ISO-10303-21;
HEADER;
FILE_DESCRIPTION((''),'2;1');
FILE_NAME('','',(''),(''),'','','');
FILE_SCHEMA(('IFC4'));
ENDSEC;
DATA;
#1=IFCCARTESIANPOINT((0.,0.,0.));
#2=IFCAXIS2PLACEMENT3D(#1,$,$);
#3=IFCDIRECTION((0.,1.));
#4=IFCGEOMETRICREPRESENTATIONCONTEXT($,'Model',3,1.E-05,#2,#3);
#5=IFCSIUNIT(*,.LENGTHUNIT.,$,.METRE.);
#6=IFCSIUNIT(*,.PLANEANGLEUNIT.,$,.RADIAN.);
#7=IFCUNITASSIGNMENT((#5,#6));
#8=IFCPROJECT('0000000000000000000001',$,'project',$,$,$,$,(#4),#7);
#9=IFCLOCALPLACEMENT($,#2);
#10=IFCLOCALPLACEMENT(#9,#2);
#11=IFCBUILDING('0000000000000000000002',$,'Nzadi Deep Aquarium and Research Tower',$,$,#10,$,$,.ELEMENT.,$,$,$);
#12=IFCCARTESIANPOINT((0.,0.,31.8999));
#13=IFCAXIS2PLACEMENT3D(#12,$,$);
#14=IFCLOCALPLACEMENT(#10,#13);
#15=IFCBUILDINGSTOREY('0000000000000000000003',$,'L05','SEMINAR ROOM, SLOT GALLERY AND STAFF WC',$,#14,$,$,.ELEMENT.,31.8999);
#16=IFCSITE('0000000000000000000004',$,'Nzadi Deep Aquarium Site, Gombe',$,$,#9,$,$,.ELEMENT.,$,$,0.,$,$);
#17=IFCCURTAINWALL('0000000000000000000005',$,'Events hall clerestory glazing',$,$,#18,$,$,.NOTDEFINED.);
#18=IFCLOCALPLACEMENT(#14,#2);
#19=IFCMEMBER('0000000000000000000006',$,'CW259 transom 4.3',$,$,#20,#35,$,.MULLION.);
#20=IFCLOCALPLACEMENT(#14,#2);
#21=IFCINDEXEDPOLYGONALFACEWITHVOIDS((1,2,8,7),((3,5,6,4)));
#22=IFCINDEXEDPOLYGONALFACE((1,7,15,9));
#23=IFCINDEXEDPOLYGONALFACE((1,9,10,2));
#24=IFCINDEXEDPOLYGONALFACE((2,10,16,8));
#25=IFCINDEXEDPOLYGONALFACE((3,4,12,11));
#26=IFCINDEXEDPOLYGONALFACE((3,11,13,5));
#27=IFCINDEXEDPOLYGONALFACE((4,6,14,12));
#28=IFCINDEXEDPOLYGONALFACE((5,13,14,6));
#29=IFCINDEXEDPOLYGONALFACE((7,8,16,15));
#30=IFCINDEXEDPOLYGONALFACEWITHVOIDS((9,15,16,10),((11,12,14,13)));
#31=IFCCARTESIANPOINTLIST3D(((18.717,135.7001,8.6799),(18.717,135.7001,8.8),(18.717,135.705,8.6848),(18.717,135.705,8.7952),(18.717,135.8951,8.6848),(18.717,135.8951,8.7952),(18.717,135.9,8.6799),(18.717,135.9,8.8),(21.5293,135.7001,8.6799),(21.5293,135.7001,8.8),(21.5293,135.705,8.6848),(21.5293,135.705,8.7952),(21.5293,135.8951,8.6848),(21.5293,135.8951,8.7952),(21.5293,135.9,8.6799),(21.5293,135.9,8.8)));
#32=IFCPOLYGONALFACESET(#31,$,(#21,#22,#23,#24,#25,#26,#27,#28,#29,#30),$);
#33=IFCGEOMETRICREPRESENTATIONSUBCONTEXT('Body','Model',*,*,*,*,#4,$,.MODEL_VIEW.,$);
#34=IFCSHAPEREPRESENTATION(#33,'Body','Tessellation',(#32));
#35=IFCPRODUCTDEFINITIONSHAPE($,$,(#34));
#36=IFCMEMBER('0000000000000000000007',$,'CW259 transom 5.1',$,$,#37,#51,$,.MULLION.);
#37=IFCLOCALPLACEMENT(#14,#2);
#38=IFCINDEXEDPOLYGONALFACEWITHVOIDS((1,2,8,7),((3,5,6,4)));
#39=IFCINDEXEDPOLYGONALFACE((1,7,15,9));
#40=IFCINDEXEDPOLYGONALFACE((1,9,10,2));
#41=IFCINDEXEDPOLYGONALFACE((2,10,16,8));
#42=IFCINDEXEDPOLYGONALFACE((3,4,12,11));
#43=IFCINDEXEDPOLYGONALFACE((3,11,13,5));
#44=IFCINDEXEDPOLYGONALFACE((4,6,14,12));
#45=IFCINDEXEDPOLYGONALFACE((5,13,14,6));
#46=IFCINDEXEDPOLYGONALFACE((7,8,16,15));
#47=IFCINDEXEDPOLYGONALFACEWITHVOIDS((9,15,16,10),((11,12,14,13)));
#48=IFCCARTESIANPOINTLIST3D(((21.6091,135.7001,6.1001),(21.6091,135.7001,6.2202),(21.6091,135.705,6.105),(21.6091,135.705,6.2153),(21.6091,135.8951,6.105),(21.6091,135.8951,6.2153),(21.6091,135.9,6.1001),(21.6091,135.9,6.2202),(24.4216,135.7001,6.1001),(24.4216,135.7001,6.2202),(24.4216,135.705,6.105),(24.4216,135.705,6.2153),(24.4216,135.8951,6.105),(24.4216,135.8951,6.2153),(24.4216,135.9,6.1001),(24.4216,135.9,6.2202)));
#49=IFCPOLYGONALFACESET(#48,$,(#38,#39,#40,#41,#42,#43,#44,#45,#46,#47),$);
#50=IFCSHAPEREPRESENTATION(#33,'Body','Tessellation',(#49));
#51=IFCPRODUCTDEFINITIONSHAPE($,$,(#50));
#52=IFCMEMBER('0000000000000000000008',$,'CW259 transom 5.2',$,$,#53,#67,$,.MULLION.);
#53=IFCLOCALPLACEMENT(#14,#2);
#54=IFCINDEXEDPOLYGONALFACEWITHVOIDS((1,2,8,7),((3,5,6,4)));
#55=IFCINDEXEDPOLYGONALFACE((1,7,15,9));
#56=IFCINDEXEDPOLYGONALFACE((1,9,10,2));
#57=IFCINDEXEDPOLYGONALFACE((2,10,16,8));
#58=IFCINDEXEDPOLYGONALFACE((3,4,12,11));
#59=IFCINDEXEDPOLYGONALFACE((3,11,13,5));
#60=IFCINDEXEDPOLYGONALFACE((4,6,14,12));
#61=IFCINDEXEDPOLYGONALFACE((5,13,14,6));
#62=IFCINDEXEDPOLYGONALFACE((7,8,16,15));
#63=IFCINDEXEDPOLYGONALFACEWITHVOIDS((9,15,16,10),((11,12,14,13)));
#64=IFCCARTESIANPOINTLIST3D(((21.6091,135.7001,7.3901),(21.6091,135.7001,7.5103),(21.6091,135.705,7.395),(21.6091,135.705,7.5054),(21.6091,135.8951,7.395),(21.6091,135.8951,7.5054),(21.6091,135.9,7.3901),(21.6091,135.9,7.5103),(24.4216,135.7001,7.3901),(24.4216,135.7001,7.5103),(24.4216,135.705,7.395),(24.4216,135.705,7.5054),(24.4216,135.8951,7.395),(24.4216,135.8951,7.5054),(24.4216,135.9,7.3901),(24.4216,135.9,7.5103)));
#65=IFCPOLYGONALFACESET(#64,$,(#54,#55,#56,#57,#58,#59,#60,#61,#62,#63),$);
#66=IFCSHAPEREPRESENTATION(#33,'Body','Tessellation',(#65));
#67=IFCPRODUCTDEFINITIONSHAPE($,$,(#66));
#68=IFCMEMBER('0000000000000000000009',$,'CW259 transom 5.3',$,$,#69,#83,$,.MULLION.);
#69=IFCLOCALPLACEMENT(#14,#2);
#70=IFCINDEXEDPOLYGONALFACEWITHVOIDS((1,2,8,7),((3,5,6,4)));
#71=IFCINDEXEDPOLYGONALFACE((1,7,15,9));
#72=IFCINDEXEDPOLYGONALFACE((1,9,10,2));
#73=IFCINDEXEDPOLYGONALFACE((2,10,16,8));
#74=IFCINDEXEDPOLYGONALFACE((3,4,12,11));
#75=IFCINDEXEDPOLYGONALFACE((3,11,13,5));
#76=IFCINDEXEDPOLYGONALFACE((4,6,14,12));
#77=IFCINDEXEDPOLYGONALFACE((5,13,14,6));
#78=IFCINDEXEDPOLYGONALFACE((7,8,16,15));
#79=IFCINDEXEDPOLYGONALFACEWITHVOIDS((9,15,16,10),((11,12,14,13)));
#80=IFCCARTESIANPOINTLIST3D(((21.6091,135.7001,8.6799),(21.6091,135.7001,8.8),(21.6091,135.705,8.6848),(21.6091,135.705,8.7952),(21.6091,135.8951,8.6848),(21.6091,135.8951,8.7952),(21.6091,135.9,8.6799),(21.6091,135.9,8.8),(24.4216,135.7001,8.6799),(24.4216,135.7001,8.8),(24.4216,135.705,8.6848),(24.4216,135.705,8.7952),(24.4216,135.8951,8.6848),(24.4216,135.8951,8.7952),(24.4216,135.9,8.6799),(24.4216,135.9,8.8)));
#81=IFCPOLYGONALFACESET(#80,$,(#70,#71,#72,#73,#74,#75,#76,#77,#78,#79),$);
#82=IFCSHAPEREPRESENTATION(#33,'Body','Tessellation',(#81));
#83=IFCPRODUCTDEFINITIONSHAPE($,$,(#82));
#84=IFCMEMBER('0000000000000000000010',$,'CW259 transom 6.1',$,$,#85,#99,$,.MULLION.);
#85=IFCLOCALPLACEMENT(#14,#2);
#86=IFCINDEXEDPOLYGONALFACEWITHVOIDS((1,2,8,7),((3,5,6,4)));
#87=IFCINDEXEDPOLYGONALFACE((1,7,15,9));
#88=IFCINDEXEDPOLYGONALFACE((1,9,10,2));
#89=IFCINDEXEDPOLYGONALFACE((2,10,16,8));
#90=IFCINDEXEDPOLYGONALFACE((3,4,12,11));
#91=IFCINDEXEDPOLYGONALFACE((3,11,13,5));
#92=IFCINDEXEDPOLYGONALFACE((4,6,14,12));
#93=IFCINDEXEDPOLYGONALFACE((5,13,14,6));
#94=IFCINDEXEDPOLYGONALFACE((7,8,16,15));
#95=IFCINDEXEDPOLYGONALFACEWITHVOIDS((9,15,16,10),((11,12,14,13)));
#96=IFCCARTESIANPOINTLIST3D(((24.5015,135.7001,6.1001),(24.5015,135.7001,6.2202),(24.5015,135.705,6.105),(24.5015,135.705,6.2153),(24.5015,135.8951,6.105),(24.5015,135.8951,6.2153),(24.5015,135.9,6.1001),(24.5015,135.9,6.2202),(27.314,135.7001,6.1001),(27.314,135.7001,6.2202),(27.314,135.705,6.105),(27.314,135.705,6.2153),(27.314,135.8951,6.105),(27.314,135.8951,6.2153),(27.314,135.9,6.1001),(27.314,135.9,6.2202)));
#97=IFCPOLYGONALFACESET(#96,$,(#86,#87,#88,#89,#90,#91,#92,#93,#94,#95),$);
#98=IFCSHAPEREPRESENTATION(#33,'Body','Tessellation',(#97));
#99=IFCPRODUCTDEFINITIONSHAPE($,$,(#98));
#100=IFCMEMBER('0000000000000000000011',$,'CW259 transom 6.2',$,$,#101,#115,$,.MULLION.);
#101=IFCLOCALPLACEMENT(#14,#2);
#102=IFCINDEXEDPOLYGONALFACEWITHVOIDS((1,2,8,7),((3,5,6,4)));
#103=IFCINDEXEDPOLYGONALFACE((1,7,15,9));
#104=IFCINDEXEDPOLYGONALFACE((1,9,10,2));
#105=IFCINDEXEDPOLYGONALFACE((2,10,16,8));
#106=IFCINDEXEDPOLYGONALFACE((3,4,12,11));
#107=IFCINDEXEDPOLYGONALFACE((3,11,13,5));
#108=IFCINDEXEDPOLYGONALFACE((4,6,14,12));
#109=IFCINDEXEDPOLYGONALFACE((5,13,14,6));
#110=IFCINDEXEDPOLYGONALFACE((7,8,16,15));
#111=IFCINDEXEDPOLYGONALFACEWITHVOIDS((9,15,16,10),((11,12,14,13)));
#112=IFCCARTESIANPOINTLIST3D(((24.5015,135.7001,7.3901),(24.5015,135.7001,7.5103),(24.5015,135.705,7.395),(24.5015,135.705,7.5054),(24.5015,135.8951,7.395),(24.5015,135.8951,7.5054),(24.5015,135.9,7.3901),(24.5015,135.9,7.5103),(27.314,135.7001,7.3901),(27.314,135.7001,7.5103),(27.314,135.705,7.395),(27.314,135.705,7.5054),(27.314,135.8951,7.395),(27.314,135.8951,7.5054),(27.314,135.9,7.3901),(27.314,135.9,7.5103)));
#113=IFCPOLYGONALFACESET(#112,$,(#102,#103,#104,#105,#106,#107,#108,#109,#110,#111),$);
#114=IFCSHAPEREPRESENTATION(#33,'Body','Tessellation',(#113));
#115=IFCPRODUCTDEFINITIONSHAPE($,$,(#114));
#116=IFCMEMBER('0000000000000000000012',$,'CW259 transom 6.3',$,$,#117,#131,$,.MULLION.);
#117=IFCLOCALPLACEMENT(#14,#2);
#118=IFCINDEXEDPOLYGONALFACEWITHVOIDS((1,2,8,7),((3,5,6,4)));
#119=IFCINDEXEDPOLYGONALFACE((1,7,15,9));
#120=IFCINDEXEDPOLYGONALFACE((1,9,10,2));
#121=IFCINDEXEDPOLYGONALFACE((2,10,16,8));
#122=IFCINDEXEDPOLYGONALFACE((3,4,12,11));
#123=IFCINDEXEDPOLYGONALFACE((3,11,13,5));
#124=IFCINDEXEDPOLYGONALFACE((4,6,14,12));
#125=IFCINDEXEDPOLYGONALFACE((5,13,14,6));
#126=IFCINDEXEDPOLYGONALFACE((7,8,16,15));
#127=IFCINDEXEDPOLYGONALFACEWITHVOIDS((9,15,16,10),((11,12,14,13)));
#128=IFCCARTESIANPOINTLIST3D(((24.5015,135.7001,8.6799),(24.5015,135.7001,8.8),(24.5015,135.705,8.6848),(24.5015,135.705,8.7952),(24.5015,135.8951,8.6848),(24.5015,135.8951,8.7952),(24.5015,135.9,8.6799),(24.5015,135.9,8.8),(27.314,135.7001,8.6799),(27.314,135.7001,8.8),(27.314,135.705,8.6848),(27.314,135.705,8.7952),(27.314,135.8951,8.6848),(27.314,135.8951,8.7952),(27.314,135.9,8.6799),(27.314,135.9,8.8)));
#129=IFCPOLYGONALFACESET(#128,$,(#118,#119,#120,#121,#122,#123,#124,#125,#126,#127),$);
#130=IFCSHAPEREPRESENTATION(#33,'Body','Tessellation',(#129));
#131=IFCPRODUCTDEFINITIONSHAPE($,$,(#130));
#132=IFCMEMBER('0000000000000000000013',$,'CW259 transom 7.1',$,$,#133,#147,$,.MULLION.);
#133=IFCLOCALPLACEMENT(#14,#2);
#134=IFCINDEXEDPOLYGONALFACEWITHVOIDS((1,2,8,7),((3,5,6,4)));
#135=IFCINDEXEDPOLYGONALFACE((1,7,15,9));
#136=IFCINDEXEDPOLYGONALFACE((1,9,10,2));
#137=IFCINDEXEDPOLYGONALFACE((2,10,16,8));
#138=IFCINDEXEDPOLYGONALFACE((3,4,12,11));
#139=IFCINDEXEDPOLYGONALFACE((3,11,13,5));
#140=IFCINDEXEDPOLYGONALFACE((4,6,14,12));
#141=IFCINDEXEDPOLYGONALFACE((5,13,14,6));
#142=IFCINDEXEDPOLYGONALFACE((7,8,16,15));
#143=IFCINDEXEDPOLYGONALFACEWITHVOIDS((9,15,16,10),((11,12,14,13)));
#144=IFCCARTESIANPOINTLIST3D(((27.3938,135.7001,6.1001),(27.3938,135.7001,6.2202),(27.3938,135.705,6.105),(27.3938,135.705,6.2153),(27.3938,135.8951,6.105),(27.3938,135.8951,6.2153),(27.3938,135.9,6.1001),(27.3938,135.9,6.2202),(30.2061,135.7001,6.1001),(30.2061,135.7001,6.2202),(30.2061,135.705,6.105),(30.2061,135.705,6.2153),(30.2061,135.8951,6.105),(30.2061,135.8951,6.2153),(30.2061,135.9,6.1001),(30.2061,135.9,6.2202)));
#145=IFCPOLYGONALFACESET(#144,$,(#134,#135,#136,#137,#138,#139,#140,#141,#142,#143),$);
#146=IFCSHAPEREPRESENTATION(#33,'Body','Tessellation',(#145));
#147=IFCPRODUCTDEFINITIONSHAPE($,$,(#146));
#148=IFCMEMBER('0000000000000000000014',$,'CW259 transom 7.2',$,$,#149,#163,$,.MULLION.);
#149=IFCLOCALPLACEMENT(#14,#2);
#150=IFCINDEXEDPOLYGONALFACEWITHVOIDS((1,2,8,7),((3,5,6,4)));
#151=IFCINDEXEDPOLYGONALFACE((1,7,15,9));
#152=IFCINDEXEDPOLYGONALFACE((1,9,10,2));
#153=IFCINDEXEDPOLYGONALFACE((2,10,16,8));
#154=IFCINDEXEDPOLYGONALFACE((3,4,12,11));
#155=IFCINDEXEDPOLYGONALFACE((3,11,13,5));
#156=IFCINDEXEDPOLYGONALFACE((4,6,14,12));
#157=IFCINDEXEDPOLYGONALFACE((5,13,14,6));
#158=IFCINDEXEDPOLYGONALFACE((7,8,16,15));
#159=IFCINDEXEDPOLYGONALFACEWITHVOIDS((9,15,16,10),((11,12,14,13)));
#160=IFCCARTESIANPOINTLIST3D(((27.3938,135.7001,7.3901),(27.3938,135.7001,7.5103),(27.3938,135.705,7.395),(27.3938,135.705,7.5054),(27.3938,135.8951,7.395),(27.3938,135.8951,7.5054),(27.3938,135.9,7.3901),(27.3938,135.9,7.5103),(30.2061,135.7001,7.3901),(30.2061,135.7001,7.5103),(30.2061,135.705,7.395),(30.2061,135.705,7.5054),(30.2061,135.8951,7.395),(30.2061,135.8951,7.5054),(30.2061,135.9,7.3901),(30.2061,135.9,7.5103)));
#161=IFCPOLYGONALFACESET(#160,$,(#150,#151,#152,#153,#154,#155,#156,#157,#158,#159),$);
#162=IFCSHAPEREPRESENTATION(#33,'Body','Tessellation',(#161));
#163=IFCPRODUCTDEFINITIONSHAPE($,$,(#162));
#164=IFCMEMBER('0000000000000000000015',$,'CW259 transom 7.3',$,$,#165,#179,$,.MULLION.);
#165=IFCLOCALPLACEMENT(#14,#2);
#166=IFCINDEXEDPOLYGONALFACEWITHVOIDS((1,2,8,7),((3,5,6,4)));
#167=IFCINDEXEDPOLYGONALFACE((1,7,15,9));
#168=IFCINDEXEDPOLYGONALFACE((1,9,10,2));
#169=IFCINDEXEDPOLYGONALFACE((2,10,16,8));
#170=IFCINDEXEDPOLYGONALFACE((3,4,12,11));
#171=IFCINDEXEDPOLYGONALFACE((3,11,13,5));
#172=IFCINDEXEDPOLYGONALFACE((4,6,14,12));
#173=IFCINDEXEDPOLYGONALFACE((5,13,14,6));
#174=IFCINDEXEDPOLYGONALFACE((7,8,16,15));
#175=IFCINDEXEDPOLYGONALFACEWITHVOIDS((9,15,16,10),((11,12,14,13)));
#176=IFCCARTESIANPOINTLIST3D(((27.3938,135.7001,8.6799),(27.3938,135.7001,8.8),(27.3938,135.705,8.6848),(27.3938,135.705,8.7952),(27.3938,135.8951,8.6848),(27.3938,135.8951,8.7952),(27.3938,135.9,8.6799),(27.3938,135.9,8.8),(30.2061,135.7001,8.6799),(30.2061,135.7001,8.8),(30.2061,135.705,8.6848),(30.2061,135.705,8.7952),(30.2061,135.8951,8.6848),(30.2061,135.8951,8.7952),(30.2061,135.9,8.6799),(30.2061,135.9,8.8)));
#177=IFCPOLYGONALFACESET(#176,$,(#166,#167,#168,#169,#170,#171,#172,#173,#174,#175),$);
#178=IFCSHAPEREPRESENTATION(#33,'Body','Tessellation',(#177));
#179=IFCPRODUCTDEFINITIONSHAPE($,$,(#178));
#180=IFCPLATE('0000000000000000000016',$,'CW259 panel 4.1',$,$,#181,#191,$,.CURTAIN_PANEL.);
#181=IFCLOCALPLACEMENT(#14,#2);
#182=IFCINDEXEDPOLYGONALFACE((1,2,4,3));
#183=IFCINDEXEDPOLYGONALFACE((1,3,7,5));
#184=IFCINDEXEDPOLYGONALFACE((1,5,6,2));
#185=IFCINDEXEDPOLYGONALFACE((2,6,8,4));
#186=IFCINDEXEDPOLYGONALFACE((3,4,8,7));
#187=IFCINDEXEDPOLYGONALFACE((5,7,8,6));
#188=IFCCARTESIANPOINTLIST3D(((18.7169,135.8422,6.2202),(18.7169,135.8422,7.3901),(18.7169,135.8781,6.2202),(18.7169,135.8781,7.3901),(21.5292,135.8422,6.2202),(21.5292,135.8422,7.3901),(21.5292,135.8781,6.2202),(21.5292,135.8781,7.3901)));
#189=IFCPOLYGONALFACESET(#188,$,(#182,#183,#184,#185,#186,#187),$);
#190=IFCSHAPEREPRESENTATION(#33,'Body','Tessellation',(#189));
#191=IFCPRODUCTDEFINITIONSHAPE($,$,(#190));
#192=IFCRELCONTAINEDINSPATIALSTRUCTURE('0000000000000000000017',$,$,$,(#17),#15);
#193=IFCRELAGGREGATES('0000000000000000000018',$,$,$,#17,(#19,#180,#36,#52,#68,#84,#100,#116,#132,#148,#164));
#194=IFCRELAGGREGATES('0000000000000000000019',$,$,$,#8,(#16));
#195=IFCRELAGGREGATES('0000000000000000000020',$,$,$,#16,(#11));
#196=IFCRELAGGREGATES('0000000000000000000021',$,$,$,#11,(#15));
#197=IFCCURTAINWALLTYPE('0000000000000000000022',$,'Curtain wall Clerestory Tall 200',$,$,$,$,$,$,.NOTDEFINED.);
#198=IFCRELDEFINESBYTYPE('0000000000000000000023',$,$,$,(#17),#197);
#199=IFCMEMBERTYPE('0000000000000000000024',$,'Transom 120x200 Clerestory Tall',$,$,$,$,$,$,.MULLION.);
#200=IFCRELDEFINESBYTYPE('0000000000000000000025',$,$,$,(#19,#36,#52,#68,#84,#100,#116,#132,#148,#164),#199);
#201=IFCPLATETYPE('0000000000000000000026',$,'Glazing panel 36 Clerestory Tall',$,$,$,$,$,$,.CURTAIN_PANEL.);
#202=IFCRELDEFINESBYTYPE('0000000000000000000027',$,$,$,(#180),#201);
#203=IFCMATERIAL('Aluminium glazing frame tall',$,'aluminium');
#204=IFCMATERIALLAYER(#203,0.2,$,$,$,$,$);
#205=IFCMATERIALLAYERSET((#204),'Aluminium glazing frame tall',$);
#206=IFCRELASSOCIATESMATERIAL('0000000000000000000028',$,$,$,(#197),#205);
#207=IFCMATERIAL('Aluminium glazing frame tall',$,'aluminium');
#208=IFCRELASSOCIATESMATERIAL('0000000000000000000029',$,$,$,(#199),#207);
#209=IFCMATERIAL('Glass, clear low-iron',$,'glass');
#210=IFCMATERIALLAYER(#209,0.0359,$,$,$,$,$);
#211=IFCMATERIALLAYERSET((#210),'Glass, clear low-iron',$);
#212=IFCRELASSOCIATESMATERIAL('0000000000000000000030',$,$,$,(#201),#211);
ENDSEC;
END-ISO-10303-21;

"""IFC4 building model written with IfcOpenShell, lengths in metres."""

from ifc_helpers import new_model, si_unit, direction, frame, origin, origin_2d, place, context, subcontext, project, spatial, rectangle, hollow_rectangle, extrude, material, layer, layer_set, material_profile, profile_set, type_object, element, aggregate, save


model = new_model("IFC4")

# Units and contexts
model_context = context("Model", 3, precision=1e-05, world=origin(), true_north=direction((0.0, 1.0)))
body_context = subcontext(model_context, "Body", "Model", "MODEL_VIEW")
ifc_project = project(units=[si_unit("LENGTHUNIT", "METRE"), si_unit("PLANEANGLEUNIT", "RADIAN")], contexts=[model_context])

# Site, building, storey
site_placement = place(None, origin())
site = spatial("IfcSite", under=ifc_project, at=site_placement, Name="Nzadi Deep Aquarium Site, Gombe", CompositionType="ELEMENT", RefElevation=0.0)
building_placement = place(site_placement, origin())
building = spatial("IfcBuilding", under=site, at=building_placement, Name="Nzadi Deep Aquarium and Research Tower", CompositionType="ELEMENT")
storey_placement = place(building_placement, frame((0.0, 0.0, 31.8999)))
storey = spatial("IfcBuildingStorey", under=building, at=storey_placement, Name="L05", Description="SEMINAR ROOM, SLOT GALLERY AND STAFF WC", CompositionType="ELEMENT", Elevation=31.8999)

# Curtain wall
ifc_material_1 = material(Name="Aluminium glazing frame tall", Category="aluminium")
ifc_layer_1 = layer(ifc_material_1, 0.2)
ifc_layer_set_1 = layer_set([ifc_layer_1], Name="Aluminium glazing frame tall")
curtain_wall_type = type_object("IfcCurtainWallType", Name="Curtain wall Clerestory Tall 200", PredefinedType="NOTDEFINED", material=ifc_layer_set_1)
curtain_wall_placement = place(storey_placement, origin())
curtain_wall = element("IfcCurtainWall", 1, at=curtain_wall_placement, inside=storey, type_object=curtain_wall_type, Name="Events hall clerestory glazing", PredefinedType="NOTDEFINED")

# Members
ifc_material_2 = material(Name="Aluminium glazing frame tall", Category="aluminium")
ifc_material_profile_1 = material_profile(ifc_material_2, hollow_rectangle(XDim=0.2, YDim=0.1201, WallThickness=0.0049, at=origin_2d()))
ifc_profile_set_1 = profile_set([ifc_material_profile_1], Name="Aluminium glazing frame tall")
member_type_1 = type_object("IfcMemberType", Name="Transom 120x200 Clerestory Tall", PredefinedType="MULLION", material=ifc_profile_set_1)
member_1_placement = place(storey_placement, frame((18.717, 135.8, 8.74), z_axis=(1.0, 0.0, 0.0), x_axis=(0.0, 1.0, 0.0)))
member_1 = element("IfcMember", 2, at=member_1_placement, type_object=member_type_1, Name="CW259 transom 4.3", PredefinedType="MULLION", context=body_context, shape_type="SweptSolid", body=[
    extrude(hollow_rectangle(XDim=0.2, YDim=0.1201, WallThickness=0.0049, at=origin_2d()), origin(), (0.0, 0.0, 1.0), 2.8123),
])
member_2_placement = place(storey_placement, frame((21.6091, 135.8, 6.1602), z_axis=(1.0, 0.0, 0.0), x_axis=(0.0, 1.0, 0.0)))
member_2 = element("IfcMember", 3, at=member_2_placement, type_object=member_type_1, Name="CW259 transom 5.1", PredefinedType="MULLION", context=body_context, shape_type="SweptSolid", body=[
    extrude(hollow_rectangle(XDim=0.2, YDim=0.1201, WallThickness=0.0049, at=origin_2d()), origin(), (0.0, 0.0, 1.0), 2.8125),
])
member_3_placement = place(storey_placement, frame((21.6091, 135.8, 7.4502), z_axis=(1.0, 0.0, 0.0), x_axis=(0.0, 1.0, 0.0)))
member_3 = element("IfcMember", 4, at=member_3_placement, type_object=member_type_1, Name="CW259 transom 5.2", PredefinedType="MULLION", context=body_context, shape_type="SweptSolid", body=[
    extrude(hollow_rectangle(XDim=0.2, YDim=0.1201, WallThickness=0.0049, at=origin_2d()), origin(), (0.0, 0.0, 1.0), 2.8125),
])
member_4_placement = place(storey_placement, frame((21.6091, 135.8, 8.74), z_axis=(1.0, 0.0, 0.0), x_axis=(0.0, 1.0, 0.0)))
member_4 = element("IfcMember", 5, at=member_4_placement, type_object=member_type_1, Name="CW259 transom 5.3", PredefinedType="MULLION", context=body_context, shape_type="SweptSolid", body=[
    extrude(hollow_rectangle(XDim=0.2, YDim=0.1201, WallThickness=0.0049, at=origin_2d()), origin(), (0.0, 0.0, 1.0), 2.8125),
])
member_5_placement = place(storey_placement, frame((24.5015, 135.8, 6.1602), z_axis=(1.0, 0.0, 0.0), x_axis=(0.0, 1.0, 0.0)))
member_5 = element("IfcMember", 6, at=member_5_placement, type_object=member_type_1, Name="CW259 transom 6.1", PredefinedType="MULLION", context=body_context, shape_type="SweptSolid", body=[
    extrude(hollow_rectangle(XDim=0.2, YDim=0.1201, WallThickness=0.0049, at=origin_2d()), origin(), (0.0, 0.0, 1.0), 2.8125),
])
member_6_placement = place(storey_placement, frame((24.5015, 135.8, 7.4502), z_axis=(1.0, 0.0, 0.0), x_axis=(0.0, 1.0, 0.0)))
member_6 = element("IfcMember", 7, at=member_6_placement, type_object=member_type_1, Name="CW259 transom 6.2", PredefinedType="MULLION", context=body_context, shape_type="SweptSolid", body=[
    extrude(hollow_rectangle(XDim=0.2, YDim=0.1201, WallThickness=0.0049, at=origin_2d()), origin(), (0.0, 0.0, 1.0), 2.8125),
])
member_7_placement = place(storey_placement, frame((24.5015, 135.8, 8.74), z_axis=(1.0, 0.0, 0.0), x_axis=(0.0, 1.0, 0.0)))
member_7 = element("IfcMember", 8, at=member_7_placement, type_object=member_type_1, Name="CW259 transom 6.3", PredefinedType="MULLION", context=body_context, shape_type="SweptSolid", body=[
    extrude(hollow_rectangle(XDim=0.2, YDim=0.1201, WallThickness=0.0049, at=origin_2d()), origin(), (0.0, 0.0, 1.0), 2.8125),
])
member_8_placement = place(storey_placement, frame((27.3938, 135.8, 6.1602), z_axis=(1.0, 0.0, 0.0), x_axis=(0.0, 1.0, 0.0)))
member_8 = element("IfcMember", 9, at=member_8_placement, type_object=member_type_1, Name="CW259 transom 7.1", PredefinedType="MULLION", context=body_context, shape_type="SweptSolid", body=[
    extrude(hollow_rectangle(XDim=0.2, YDim=0.1201, WallThickness=0.0049, at=origin_2d()), origin(), (0.0, 0.0, 1.0), 2.8123),
])
member_9_placement = place(storey_placement, frame((27.3938, 135.8, 7.4502), z_axis=(1.0, 0.0, 0.0), x_axis=(0.0, 1.0, 0.0)))
member_9 = element("IfcMember", 10, at=member_9_placement, type_object=member_type_1, Name="CW259 transom 7.2", PredefinedType="MULLION", context=body_context, shape_type="SweptSolid", body=[
    extrude(hollow_rectangle(XDim=0.2, YDim=0.1201, WallThickness=0.0049, at=origin_2d()), origin(), (0.0, 0.0, 1.0), 2.8123),
])
member_10_placement = place(storey_placement, frame((27.3938, 135.8, 8.74), z_axis=(1.0, 0.0, 0.0), x_axis=(0.0, 1.0, 0.0)))
member_10 = element("IfcMember", 11, at=member_10_placement, type_object=member_type_1, Name="CW259 transom 7.3", PredefinedType="MULLION", context=body_context, shape_type="SweptSolid", body=[
    extrude(hollow_rectangle(XDim=0.2, YDim=0.1201, WallThickness=0.0049, at=origin_2d()), origin(), (0.0, 0.0, 1.0), 2.8123),
])

# Plate
ifc_material_3 = material(Name="Glass, clear low-iron", Category="glass")
ifc_layer_2 = layer(ifc_material_3, 0.0359)
ifc_layer_set_2 = layer_set([ifc_layer_2], Name="Glass, clear low-iron")
plate_type = type_object("IfcPlateType", Name="Glazing panel 36 Clerestory Tall", PredefinedType="CURTAIN_PANEL", material=ifc_layer_set_2)
plate_1_placement = place(storey_placement, frame((20.123, 135.8601, 6.2202), z_axis=(0.0, 0.0, 1.0), x_axis=(1.0, 0.0, 0.0)))
plate_1 = element("IfcPlate", 12, at=plate_1_placement, type_object=plate_type, Name="CW259 panel 4.1", PredefinedType="CURTAIN_PANEL", context=body_context, shape_type="SweptSolid", body=[
    extrude(rectangle(XDim=2.8123, YDim=0.0359, at=origin_2d()), origin(), (0.0, 0.0, 1.0), 1.1699),
])
aggregate(curtain_wall, [member_1, plate_1, member_2, member_3, member_4, member_5, member_6, member_7, member_8, member_9, member_10])

save(model, "model.ifc")
